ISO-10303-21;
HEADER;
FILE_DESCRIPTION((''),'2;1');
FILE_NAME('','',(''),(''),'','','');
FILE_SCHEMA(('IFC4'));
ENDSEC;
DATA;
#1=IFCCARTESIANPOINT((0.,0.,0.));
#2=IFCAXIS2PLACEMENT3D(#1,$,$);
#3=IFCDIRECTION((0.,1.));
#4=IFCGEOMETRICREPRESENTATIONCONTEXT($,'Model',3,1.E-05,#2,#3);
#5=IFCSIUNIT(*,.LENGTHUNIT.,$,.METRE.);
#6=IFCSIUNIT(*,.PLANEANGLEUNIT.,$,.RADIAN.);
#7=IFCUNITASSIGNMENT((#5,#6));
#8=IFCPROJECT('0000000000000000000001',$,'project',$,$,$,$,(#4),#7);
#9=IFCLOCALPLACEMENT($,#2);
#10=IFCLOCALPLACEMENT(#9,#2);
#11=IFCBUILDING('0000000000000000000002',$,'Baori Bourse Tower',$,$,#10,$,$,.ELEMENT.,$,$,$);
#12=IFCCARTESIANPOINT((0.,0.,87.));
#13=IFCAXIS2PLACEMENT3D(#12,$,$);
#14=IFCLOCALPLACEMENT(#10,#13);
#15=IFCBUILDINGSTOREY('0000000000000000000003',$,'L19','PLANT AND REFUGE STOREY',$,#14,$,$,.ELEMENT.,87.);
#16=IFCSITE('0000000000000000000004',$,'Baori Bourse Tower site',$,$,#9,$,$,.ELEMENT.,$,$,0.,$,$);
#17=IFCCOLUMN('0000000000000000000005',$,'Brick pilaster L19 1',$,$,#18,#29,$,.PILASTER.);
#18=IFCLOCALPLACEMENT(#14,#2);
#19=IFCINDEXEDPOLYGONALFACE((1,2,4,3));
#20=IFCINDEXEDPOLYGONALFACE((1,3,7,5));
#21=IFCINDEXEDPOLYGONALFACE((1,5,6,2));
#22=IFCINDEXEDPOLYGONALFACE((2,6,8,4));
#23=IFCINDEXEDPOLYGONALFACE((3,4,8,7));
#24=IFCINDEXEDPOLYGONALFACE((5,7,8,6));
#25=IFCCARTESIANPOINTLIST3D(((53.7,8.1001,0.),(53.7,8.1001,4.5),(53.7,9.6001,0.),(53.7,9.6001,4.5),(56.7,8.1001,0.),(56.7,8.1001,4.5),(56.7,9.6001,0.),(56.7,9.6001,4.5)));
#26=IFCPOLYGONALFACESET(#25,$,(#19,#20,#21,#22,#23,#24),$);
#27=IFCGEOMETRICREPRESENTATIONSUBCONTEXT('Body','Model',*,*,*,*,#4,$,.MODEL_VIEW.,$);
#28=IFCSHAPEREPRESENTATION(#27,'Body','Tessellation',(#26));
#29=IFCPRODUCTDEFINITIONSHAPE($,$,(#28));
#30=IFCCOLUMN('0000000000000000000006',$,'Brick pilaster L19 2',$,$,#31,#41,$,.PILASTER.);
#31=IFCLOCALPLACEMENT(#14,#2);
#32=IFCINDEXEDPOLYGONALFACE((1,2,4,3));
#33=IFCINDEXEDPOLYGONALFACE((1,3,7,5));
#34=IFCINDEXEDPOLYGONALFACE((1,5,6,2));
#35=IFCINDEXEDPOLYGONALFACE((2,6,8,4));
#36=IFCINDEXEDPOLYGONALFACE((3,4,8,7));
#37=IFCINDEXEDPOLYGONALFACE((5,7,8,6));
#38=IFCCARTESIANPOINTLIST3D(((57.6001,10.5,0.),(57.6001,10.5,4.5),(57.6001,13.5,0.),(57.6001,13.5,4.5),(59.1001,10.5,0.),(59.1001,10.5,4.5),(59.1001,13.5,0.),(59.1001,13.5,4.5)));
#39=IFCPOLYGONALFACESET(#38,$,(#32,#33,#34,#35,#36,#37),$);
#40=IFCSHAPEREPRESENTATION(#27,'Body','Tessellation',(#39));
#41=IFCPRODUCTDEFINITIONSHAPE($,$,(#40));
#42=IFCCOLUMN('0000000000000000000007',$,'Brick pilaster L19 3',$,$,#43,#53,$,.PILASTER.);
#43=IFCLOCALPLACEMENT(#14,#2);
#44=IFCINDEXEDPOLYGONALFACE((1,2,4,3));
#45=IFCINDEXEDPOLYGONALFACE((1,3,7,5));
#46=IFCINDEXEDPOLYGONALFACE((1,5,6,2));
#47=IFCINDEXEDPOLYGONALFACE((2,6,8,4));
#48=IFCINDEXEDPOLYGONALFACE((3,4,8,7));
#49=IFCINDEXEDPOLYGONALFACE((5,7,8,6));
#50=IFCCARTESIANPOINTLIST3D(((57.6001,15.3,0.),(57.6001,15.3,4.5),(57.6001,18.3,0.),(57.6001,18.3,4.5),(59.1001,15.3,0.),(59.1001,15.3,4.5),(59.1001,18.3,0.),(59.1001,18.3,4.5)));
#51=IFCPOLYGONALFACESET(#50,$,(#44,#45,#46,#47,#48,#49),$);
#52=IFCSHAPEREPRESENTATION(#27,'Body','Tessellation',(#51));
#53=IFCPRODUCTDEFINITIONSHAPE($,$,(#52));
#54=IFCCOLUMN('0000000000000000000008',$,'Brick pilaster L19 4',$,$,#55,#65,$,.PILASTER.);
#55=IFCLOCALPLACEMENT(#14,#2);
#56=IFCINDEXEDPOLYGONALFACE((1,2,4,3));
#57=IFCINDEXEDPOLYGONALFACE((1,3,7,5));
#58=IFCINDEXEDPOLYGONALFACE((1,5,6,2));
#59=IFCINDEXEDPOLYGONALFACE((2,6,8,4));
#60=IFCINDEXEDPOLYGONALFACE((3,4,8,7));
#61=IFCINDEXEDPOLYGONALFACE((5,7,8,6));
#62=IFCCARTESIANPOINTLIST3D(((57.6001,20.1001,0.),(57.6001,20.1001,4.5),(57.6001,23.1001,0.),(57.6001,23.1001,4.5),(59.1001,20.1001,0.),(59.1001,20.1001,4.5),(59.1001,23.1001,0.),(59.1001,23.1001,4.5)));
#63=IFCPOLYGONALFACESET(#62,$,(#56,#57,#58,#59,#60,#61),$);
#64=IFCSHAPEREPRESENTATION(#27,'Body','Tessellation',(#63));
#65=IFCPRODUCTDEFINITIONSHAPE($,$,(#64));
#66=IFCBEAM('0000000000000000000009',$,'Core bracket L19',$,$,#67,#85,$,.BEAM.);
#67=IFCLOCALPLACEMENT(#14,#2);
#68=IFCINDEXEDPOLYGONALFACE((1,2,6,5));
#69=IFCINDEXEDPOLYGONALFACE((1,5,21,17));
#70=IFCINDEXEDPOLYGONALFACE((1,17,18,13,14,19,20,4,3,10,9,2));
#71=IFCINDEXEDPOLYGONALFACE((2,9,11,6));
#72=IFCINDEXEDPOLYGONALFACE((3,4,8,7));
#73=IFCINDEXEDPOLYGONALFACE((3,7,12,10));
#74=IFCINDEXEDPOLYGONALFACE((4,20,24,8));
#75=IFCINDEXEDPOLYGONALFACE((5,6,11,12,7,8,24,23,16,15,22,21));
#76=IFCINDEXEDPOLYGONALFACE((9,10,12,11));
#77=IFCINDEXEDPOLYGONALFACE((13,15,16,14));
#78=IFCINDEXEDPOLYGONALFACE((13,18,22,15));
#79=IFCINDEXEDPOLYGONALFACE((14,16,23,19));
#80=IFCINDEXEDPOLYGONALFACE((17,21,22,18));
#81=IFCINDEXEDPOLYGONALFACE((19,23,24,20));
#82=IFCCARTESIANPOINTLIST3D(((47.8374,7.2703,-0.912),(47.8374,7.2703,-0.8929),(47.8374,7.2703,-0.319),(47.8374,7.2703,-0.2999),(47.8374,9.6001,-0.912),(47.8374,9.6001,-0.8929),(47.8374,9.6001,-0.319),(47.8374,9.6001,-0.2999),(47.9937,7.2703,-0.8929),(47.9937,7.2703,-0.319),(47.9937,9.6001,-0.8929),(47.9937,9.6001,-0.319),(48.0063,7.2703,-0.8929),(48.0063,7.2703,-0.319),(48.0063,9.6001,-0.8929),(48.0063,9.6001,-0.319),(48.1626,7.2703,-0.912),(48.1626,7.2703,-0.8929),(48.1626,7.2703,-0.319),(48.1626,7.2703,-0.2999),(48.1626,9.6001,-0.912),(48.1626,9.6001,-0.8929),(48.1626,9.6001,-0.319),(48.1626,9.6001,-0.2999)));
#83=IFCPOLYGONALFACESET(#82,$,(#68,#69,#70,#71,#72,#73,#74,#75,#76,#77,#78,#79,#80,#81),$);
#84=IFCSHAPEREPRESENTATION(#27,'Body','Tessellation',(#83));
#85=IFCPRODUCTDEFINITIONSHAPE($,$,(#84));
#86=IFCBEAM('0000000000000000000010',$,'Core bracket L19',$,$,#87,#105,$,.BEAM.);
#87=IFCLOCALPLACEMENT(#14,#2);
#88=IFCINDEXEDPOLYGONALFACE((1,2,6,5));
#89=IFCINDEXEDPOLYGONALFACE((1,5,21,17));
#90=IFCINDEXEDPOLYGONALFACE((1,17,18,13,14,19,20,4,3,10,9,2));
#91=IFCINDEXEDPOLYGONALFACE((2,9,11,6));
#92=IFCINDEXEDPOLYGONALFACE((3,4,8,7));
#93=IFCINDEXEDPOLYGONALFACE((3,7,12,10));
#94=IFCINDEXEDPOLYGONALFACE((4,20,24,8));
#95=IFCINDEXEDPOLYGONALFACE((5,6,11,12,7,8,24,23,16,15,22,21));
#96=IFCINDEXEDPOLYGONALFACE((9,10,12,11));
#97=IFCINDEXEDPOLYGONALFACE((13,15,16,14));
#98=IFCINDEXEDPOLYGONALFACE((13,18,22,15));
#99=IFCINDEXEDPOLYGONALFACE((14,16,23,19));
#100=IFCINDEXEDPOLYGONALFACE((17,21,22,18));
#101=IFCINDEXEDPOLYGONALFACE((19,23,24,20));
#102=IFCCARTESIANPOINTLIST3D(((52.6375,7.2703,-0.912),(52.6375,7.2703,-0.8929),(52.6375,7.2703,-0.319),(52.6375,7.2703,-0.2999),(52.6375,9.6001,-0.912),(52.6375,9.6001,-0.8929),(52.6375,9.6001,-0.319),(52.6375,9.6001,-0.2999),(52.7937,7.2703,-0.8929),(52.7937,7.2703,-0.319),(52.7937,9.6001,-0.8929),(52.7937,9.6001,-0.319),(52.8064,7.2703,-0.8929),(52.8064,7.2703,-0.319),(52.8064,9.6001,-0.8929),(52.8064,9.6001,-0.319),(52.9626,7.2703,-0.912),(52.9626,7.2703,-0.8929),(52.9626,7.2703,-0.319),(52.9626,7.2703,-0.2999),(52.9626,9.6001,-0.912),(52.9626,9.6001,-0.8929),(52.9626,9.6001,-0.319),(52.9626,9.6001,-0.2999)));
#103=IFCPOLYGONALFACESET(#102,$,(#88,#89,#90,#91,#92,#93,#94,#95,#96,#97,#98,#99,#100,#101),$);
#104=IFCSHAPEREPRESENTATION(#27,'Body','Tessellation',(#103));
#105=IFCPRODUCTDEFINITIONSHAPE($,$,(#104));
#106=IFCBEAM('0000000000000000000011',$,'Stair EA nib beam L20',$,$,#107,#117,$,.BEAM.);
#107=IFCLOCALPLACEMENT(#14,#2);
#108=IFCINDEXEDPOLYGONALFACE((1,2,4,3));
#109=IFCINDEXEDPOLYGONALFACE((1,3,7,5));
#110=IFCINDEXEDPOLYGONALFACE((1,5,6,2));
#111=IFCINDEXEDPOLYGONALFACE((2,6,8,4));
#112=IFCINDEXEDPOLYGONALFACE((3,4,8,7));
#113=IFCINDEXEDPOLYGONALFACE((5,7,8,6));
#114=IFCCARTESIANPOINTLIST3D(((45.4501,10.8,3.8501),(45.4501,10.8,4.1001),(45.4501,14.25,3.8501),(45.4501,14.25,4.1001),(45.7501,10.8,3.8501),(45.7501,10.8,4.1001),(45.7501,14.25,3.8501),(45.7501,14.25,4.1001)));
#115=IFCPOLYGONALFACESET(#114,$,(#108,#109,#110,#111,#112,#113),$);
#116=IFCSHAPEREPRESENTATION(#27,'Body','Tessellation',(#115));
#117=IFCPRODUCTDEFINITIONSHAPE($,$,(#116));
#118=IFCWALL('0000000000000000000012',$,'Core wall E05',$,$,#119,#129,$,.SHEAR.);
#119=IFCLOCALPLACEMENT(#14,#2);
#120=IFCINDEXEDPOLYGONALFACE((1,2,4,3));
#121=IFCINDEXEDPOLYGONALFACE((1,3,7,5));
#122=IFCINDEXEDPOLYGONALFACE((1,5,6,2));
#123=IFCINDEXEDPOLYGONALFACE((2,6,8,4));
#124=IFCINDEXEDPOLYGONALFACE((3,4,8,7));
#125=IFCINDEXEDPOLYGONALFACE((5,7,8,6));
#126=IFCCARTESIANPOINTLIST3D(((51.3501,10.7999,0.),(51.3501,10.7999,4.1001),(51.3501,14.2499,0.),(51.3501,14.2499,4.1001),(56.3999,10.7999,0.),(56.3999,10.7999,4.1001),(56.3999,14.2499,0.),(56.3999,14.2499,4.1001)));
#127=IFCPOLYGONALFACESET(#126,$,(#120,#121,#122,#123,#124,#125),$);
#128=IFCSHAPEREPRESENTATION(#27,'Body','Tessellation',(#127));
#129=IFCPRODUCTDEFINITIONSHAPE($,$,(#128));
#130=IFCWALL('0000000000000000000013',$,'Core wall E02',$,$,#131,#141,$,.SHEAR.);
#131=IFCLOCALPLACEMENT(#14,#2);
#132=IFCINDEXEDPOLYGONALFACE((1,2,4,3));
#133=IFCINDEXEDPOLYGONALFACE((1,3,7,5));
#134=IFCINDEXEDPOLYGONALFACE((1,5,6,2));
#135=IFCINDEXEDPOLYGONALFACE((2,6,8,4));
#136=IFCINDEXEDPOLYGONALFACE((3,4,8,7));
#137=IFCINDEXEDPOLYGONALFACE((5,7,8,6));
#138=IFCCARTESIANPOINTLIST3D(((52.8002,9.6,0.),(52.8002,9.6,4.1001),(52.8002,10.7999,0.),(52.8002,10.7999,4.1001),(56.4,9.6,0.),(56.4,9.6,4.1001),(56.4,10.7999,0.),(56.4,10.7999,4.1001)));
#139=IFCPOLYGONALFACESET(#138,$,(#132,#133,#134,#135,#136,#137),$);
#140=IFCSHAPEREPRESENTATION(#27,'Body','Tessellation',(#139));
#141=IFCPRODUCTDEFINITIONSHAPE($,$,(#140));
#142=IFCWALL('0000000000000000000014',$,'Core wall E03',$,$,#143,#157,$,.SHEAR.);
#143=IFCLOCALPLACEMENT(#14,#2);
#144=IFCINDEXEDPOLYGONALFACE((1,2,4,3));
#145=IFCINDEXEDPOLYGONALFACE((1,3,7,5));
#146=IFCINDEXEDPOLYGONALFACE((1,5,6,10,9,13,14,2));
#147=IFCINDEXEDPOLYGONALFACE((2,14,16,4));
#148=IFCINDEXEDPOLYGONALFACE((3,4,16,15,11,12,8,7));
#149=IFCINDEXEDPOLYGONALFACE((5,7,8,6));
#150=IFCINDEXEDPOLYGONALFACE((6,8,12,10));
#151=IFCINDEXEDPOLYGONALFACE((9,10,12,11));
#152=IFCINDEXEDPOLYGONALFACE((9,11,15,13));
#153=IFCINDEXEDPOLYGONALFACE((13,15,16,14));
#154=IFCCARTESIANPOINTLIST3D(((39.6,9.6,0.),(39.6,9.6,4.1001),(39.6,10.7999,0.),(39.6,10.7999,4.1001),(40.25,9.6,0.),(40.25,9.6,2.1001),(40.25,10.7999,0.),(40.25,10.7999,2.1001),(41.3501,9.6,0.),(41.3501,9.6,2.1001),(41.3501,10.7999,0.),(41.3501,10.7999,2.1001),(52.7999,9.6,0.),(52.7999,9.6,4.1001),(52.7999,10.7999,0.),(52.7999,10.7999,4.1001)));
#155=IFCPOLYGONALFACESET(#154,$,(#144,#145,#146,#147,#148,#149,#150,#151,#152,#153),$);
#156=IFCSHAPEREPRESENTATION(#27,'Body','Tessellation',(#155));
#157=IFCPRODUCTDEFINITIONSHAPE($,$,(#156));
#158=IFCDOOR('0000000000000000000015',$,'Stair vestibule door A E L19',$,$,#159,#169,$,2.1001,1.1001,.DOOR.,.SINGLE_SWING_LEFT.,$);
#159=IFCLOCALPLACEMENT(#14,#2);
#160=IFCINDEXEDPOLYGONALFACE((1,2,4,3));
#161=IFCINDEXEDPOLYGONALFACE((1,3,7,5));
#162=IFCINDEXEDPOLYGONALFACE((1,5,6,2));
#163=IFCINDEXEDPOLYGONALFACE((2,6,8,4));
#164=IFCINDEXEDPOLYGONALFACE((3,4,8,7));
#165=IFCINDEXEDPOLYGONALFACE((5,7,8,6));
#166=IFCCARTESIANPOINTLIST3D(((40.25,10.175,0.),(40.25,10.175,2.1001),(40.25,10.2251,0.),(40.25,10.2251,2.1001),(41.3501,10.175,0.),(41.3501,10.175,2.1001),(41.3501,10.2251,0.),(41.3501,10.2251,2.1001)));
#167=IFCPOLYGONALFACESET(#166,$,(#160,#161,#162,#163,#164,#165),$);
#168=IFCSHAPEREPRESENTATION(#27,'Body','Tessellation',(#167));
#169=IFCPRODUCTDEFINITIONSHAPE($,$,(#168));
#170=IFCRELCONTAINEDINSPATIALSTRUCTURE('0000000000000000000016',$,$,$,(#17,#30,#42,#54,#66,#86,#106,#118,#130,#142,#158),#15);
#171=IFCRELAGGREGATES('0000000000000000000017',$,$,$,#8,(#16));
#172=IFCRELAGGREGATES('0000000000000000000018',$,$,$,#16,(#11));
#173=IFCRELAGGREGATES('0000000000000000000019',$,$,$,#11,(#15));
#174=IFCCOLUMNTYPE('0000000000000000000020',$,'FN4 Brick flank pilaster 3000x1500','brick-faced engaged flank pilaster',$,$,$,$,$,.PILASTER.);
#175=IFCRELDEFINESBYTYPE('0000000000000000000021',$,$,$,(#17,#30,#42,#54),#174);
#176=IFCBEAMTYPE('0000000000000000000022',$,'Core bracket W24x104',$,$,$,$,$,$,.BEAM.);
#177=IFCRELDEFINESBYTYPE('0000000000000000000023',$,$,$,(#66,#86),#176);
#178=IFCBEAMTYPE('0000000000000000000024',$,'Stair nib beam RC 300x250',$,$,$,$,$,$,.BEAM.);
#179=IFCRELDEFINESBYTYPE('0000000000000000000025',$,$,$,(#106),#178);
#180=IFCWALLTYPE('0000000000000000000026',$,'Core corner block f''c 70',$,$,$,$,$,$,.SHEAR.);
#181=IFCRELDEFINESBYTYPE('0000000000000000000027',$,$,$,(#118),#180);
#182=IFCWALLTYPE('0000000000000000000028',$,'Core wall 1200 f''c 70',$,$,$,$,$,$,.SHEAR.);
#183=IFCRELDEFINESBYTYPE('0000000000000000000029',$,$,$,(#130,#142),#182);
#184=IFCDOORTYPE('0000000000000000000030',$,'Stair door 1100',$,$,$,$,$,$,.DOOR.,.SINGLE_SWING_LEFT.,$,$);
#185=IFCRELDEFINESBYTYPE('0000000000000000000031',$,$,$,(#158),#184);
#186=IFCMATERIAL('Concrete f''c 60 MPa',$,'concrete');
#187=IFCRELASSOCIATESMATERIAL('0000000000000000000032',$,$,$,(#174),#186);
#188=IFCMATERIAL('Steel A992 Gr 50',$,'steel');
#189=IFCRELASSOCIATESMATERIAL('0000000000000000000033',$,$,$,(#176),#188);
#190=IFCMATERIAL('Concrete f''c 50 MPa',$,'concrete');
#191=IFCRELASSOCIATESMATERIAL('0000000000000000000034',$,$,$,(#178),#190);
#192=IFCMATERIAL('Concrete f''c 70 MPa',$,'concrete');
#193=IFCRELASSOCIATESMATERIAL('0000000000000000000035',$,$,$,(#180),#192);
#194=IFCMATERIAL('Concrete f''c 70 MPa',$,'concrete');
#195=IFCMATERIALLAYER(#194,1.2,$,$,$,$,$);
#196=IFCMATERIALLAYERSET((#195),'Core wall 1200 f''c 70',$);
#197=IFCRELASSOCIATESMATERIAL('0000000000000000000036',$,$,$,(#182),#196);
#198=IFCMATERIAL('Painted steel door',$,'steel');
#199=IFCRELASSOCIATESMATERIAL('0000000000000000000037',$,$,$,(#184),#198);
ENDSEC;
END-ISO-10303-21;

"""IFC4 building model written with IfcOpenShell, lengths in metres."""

from ifc_helpers import new_model, si_unit, direction, frame, frame_2d, origin, origin_2d, place, context, subcontext, project, spatial, rectangle, i_section, extrude, material, layer, layer_set, material_profile, profile_set, type_object, element, fill, save


model = new_model("IFC4")

# Units and contexts
model_context = context("Model", 3, precision=1e-05, world=origin(), true_north=direction((0.0, 1.0)))
body_context = subcontext(model_context, "Body", "Model", "MODEL_VIEW")
ifc_project = project(units=[si_unit("LENGTHUNIT", "METRE"), si_unit("PLANEANGLEUNIT", "RADIAN")], contexts=[model_context])

# Site, building, storey
site_placement = place(None, origin())
site = spatial("IfcSite", under=ifc_project, at=site_placement, Name="Baori Bourse Tower site", CompositionType="ELEMENT", RefElevation=0.0)
building_placement = place(site_placement, origin())
building = spatial("IfcBuilding", under=site, at=building_placement, Name="Baori Bourse Tower", CompositionType="ELEMENT")
storey_placement = place(building_placement, frame((0.0, 0.0, 87.0)))
storey = spatial("IfcBuildingStorey", under=building, at=storey_placement, Name="L19", Description="PLANT AND REFUGE STOREY", CompositionType="ELEMENT", Elevation=87.0)

# Columns
ifc_material_1 = material(Name="Concrete f'c 60 MPa", Category="concrete")
ifc_material_profile_1 = material_profile(ifc_material_1, rectangle(XDim=3.0, YDim=1.5, at=origin_2d()), Name="RC 3000x1500")
ifc_profile_set_1 = profile_set([ifc_material_profile_1], Name="Concrete f'c 60 MPa")
column_type = type_object("IfcColumnType", Name="FN4 Brick flank pilaster 3000x1500", Description="brick-faced engaged flank pilaster", PredefinedType="PILASTER", material=ifc_profile_set_1)
for number, where, z_axis, x_axis, name in (
    (1, (55.2, 8.8501, 0.0), (0.0, 0.0, 1.0), (1.0, 0.0, 0.0), "Brick pilaster L19 1"),
    (2, (58.3501, 12.0, 0.0), (0.0, 0.0, 1.0), (0.0, 1.0, 0.0), "Brick pilaster L19 2"),
    (3, (58.3501, 16.8, 0.0), (0.0, 0.0, 1.0), (0.0, 1.0, 0.0), "Brick pilaster L19 3"),
    (4, (58.3501, 21.6001, 0.0), (0.0, 0.0, 1.0), (0.0, 1.0, 0.0), "Brick pilaster L19 4"),
):
    element("IfcColumn", number, at=place(storey_placement, frame(where, z_axis=z_axis, x_axis=x_axis)), inside=storey, type_object=column_type, Name=name, PredefinedType="PILASTER", context=body_context, shape_type="SweptSolid", body=[
        extrude(rectangle(XDim=3.0, YDim=1.5, at=origin_2d()), origin(), (0.0, 0.0, 1.0), 4.5),
    ])

# Beams
ifc_material_2 = material(Name="Steel A992 Gr 50", Category="steel")
ifc_material_profile_2 = material_profile(ifc_material_2, i_section(OverallWidth=0.3252, OverallDepth=0.6121, WebThickness=0.0127, FlangeThickness=0.019, at=origin_2d()), Name="W24x104")
ifc_profile_set_2 = profile_set([ifc_material_profile_2], Name="Steel A992 Gr 50")
beam_type_1 = type_object("IfcBeamType", Name="Core bracket W24x104", PredefinedType="BEAM", material=ifc_profile_set_2)
for number, where, z_axis, x_axis, name in (
    (5, (48.0, 7.2703, -0.606), (0.0, 1.0, 0.0), (-1.0, 0.0, 0.0), "Core bracket L19"),
    (6, (52.8, 7.2703, -0.606), (0.0, 1.0, 0.0), (-1.0, 0.0, 0.0), "Core bracket L19"),
):
    element("IfcBeam", number, at=place(storey_placement, frame(where, z_axis=z_axis, x_axis=x_axis)), inside=storey, type_object=beam_type_1, Name=name, PredefinedType="BEAM", context=body_context, shape_type="SweptSolid", body=[
        extrude(i_section(OverallWidth=0.3252, OverallDepth=0.6121, WebThickness=0.0127, FlangeThickness=0.019, at=origin_2d()), origin(), (0.0, 0.0, 1.0), 2.3298),
    ])
ifc_material_3 = material(Name="Concrete f'c 50 MPa", Category="concrete")
ifc_material_profile_3 = material_profile(ifc_material_3, rectangle(XDim=0.3, YDim=0.25, at=origin_2d()), Name="RC 300x250")
ifc_profile_set_3 = profile_set([ifc_material_profile_3], Name="Concrete f'c 50 MPa")
beam_type_2 = type_object("IfcBeamType", Name="Stair nib beam RC 300x250", PredefinedType="BEAM", material=ifc_profile_set_3)
beam_placement = place(storey_placement, frame((45.6001, 10.8, 3.9751), z_axis=(0.0, 1.0, 0.0), x_axis=(-1.0, 0.0, 0.0)))
element("IfcBeam", 7, at=beam_placement, inside=storey, type_object=beam_type_2, Name="Stair EA nib beam L20", PredefinedType="BEAM", context=body_context, shape_type="SweptSolid", body=[
    extrude(rectangle(XDim=0.3, YDim=0.25, at=origin_2d()), origin(), (0.0, 0.0, 1.0), 3.45),
])

# Walls
ifc_material_4 = material(Name="Concrete f'c 70 MPa", Category="concrete")
wall_type_1 = type_object("IfcWallType", Name="Core corner block f'c 70", PredefinedType="SHEAR", material=ifc_material_4)
wall_1_placement = place(storey_placement, frame((51.3501, 12.5249, 0.0), z_axis=(0.0, 0.0, 1.0), x_axis=(1.0, 0.0, 0.0)))
element("IfcWall", 8, at=wall_1_placement, inside=storey, type_object=wall_type_1, Name="Core wall E05", PredefinedType="SHEAR", context=body_context, shape_type="SweptSolid", body=[
    extrude(rectangle(XDim=5.0498, YDim=3.45, at=frame_2d((2.5249, 0.0))), origin(), (0.0, 0.0, 1.0), 4.1001),
])
ifc_material_5 = material(Name="Concrete f'c 70 MPa", Category="concrete")
ifc_layer_1 = layer(ifc_material_5, 1.2)
ifc_layer_set_1 = layer_set([ifc_layer_1], Name="Core wall 1200 f'c 70")
wall_type_2 = type_object("IfcWallType", Name="Core wall 1200 f'c 70", PredefinedType="SHEAR", material=ifc_layer_set_1)
wall_2_placement = place(storey_placement, frame((56.3999, 10.2, 0.0), z_axis=(0.0, 0.0, 1.0), x_axis=(-1.0, 0.0, 0.0)))
element("IfcWall", 9, at=wall_2_placement, inside=storey, type_object=wall_type_2, Name="Core wall E02", PredefinedType="SHEAR", context=body_context, shape_type="SweptSolid", body=[
    extrude(rectangle(XDim=3.5999, YDim=1.2, at=frame_2d((1.7998, 0.0))), origin(), (0.0, 0.0, 1.0), 4.1001),
])

# Wall, opening, door
wall_3_placement = place(storey_placement, frame((52.8, 10.2, 0.0), z_axis=(0.0, 0.0, 1.0), x_axis=(-1.0, 0.0, 0.0)))
wall_3 = element("IfcWall", 10, at=wall_3_placement, inside=storey, type_object=wall_type_2, Name="Core wall E03", PredefinedType="SHEAR", context=body_context, shape_type="SweptSolid", body=[
    extrude(rectangle(XDim=13.2, YDim=1.2, at=frame_2d((6.6001, 0.0))), origin(), (0.0, 0.0, 1.0), 4.1001),
])
opening_1_placement = place(wall_3_placement, frame((11.45, 0.0, 0.0)))
opening_1 = element("IfcOpeningElement", 11, at=opening_1_placement, cuts=wall_3, PredefinedType="OPENING", context=body_context, shape_type="SweptSolid", body=[
    extrude(rectangle(XDim=1.1001, YDim=2.1001, at=frame_2d((0.55, 1.05))), frame((0.0, 0.6099, 0.0), z_axis=(0.0, -1.0, 0.0), x_axis=(1.0, 0.0, 0.0)), (0.0, 0.0, 1.0), 1.22),
])
ifc_material_6 = material(Name="Painted steel door", Category="steel")
door_type_1 = type_object("IfcDoorType", Name="Stair door 1100", OperationType="SINGLE_SWING_LEFT", PredefinedType="DOOR", material=ifc_material_6)
door_1_placement = place(opening_1_placement, origin())
door_1 = element("IfcDoor", 12, at=door_1_placement, inside=storey, type_object=door_type_1, Name="Stair vestibule door A E L19", OperationType="SINGLE_SWING_LEFT", OverallHeight=2.1001, OverallWidth=1.1001, PredefinedType="DOOR", context=body_context, shape_type="SweptSolid", body=[
    extrude(rectangle(XDim=1.1001, YDim=2.1001, at=frame_2d((0.55, 1.05))), frame((0.0, 0.0249, 0.0), z_axis=(0.0, -1.0, 0.0), x_axis=(1.0, 0.0, 0.0)), (0.0, 0.0, 1.0), 0.05),
])
fill(opening_1, door_1)

save(model, "model.ifc")
